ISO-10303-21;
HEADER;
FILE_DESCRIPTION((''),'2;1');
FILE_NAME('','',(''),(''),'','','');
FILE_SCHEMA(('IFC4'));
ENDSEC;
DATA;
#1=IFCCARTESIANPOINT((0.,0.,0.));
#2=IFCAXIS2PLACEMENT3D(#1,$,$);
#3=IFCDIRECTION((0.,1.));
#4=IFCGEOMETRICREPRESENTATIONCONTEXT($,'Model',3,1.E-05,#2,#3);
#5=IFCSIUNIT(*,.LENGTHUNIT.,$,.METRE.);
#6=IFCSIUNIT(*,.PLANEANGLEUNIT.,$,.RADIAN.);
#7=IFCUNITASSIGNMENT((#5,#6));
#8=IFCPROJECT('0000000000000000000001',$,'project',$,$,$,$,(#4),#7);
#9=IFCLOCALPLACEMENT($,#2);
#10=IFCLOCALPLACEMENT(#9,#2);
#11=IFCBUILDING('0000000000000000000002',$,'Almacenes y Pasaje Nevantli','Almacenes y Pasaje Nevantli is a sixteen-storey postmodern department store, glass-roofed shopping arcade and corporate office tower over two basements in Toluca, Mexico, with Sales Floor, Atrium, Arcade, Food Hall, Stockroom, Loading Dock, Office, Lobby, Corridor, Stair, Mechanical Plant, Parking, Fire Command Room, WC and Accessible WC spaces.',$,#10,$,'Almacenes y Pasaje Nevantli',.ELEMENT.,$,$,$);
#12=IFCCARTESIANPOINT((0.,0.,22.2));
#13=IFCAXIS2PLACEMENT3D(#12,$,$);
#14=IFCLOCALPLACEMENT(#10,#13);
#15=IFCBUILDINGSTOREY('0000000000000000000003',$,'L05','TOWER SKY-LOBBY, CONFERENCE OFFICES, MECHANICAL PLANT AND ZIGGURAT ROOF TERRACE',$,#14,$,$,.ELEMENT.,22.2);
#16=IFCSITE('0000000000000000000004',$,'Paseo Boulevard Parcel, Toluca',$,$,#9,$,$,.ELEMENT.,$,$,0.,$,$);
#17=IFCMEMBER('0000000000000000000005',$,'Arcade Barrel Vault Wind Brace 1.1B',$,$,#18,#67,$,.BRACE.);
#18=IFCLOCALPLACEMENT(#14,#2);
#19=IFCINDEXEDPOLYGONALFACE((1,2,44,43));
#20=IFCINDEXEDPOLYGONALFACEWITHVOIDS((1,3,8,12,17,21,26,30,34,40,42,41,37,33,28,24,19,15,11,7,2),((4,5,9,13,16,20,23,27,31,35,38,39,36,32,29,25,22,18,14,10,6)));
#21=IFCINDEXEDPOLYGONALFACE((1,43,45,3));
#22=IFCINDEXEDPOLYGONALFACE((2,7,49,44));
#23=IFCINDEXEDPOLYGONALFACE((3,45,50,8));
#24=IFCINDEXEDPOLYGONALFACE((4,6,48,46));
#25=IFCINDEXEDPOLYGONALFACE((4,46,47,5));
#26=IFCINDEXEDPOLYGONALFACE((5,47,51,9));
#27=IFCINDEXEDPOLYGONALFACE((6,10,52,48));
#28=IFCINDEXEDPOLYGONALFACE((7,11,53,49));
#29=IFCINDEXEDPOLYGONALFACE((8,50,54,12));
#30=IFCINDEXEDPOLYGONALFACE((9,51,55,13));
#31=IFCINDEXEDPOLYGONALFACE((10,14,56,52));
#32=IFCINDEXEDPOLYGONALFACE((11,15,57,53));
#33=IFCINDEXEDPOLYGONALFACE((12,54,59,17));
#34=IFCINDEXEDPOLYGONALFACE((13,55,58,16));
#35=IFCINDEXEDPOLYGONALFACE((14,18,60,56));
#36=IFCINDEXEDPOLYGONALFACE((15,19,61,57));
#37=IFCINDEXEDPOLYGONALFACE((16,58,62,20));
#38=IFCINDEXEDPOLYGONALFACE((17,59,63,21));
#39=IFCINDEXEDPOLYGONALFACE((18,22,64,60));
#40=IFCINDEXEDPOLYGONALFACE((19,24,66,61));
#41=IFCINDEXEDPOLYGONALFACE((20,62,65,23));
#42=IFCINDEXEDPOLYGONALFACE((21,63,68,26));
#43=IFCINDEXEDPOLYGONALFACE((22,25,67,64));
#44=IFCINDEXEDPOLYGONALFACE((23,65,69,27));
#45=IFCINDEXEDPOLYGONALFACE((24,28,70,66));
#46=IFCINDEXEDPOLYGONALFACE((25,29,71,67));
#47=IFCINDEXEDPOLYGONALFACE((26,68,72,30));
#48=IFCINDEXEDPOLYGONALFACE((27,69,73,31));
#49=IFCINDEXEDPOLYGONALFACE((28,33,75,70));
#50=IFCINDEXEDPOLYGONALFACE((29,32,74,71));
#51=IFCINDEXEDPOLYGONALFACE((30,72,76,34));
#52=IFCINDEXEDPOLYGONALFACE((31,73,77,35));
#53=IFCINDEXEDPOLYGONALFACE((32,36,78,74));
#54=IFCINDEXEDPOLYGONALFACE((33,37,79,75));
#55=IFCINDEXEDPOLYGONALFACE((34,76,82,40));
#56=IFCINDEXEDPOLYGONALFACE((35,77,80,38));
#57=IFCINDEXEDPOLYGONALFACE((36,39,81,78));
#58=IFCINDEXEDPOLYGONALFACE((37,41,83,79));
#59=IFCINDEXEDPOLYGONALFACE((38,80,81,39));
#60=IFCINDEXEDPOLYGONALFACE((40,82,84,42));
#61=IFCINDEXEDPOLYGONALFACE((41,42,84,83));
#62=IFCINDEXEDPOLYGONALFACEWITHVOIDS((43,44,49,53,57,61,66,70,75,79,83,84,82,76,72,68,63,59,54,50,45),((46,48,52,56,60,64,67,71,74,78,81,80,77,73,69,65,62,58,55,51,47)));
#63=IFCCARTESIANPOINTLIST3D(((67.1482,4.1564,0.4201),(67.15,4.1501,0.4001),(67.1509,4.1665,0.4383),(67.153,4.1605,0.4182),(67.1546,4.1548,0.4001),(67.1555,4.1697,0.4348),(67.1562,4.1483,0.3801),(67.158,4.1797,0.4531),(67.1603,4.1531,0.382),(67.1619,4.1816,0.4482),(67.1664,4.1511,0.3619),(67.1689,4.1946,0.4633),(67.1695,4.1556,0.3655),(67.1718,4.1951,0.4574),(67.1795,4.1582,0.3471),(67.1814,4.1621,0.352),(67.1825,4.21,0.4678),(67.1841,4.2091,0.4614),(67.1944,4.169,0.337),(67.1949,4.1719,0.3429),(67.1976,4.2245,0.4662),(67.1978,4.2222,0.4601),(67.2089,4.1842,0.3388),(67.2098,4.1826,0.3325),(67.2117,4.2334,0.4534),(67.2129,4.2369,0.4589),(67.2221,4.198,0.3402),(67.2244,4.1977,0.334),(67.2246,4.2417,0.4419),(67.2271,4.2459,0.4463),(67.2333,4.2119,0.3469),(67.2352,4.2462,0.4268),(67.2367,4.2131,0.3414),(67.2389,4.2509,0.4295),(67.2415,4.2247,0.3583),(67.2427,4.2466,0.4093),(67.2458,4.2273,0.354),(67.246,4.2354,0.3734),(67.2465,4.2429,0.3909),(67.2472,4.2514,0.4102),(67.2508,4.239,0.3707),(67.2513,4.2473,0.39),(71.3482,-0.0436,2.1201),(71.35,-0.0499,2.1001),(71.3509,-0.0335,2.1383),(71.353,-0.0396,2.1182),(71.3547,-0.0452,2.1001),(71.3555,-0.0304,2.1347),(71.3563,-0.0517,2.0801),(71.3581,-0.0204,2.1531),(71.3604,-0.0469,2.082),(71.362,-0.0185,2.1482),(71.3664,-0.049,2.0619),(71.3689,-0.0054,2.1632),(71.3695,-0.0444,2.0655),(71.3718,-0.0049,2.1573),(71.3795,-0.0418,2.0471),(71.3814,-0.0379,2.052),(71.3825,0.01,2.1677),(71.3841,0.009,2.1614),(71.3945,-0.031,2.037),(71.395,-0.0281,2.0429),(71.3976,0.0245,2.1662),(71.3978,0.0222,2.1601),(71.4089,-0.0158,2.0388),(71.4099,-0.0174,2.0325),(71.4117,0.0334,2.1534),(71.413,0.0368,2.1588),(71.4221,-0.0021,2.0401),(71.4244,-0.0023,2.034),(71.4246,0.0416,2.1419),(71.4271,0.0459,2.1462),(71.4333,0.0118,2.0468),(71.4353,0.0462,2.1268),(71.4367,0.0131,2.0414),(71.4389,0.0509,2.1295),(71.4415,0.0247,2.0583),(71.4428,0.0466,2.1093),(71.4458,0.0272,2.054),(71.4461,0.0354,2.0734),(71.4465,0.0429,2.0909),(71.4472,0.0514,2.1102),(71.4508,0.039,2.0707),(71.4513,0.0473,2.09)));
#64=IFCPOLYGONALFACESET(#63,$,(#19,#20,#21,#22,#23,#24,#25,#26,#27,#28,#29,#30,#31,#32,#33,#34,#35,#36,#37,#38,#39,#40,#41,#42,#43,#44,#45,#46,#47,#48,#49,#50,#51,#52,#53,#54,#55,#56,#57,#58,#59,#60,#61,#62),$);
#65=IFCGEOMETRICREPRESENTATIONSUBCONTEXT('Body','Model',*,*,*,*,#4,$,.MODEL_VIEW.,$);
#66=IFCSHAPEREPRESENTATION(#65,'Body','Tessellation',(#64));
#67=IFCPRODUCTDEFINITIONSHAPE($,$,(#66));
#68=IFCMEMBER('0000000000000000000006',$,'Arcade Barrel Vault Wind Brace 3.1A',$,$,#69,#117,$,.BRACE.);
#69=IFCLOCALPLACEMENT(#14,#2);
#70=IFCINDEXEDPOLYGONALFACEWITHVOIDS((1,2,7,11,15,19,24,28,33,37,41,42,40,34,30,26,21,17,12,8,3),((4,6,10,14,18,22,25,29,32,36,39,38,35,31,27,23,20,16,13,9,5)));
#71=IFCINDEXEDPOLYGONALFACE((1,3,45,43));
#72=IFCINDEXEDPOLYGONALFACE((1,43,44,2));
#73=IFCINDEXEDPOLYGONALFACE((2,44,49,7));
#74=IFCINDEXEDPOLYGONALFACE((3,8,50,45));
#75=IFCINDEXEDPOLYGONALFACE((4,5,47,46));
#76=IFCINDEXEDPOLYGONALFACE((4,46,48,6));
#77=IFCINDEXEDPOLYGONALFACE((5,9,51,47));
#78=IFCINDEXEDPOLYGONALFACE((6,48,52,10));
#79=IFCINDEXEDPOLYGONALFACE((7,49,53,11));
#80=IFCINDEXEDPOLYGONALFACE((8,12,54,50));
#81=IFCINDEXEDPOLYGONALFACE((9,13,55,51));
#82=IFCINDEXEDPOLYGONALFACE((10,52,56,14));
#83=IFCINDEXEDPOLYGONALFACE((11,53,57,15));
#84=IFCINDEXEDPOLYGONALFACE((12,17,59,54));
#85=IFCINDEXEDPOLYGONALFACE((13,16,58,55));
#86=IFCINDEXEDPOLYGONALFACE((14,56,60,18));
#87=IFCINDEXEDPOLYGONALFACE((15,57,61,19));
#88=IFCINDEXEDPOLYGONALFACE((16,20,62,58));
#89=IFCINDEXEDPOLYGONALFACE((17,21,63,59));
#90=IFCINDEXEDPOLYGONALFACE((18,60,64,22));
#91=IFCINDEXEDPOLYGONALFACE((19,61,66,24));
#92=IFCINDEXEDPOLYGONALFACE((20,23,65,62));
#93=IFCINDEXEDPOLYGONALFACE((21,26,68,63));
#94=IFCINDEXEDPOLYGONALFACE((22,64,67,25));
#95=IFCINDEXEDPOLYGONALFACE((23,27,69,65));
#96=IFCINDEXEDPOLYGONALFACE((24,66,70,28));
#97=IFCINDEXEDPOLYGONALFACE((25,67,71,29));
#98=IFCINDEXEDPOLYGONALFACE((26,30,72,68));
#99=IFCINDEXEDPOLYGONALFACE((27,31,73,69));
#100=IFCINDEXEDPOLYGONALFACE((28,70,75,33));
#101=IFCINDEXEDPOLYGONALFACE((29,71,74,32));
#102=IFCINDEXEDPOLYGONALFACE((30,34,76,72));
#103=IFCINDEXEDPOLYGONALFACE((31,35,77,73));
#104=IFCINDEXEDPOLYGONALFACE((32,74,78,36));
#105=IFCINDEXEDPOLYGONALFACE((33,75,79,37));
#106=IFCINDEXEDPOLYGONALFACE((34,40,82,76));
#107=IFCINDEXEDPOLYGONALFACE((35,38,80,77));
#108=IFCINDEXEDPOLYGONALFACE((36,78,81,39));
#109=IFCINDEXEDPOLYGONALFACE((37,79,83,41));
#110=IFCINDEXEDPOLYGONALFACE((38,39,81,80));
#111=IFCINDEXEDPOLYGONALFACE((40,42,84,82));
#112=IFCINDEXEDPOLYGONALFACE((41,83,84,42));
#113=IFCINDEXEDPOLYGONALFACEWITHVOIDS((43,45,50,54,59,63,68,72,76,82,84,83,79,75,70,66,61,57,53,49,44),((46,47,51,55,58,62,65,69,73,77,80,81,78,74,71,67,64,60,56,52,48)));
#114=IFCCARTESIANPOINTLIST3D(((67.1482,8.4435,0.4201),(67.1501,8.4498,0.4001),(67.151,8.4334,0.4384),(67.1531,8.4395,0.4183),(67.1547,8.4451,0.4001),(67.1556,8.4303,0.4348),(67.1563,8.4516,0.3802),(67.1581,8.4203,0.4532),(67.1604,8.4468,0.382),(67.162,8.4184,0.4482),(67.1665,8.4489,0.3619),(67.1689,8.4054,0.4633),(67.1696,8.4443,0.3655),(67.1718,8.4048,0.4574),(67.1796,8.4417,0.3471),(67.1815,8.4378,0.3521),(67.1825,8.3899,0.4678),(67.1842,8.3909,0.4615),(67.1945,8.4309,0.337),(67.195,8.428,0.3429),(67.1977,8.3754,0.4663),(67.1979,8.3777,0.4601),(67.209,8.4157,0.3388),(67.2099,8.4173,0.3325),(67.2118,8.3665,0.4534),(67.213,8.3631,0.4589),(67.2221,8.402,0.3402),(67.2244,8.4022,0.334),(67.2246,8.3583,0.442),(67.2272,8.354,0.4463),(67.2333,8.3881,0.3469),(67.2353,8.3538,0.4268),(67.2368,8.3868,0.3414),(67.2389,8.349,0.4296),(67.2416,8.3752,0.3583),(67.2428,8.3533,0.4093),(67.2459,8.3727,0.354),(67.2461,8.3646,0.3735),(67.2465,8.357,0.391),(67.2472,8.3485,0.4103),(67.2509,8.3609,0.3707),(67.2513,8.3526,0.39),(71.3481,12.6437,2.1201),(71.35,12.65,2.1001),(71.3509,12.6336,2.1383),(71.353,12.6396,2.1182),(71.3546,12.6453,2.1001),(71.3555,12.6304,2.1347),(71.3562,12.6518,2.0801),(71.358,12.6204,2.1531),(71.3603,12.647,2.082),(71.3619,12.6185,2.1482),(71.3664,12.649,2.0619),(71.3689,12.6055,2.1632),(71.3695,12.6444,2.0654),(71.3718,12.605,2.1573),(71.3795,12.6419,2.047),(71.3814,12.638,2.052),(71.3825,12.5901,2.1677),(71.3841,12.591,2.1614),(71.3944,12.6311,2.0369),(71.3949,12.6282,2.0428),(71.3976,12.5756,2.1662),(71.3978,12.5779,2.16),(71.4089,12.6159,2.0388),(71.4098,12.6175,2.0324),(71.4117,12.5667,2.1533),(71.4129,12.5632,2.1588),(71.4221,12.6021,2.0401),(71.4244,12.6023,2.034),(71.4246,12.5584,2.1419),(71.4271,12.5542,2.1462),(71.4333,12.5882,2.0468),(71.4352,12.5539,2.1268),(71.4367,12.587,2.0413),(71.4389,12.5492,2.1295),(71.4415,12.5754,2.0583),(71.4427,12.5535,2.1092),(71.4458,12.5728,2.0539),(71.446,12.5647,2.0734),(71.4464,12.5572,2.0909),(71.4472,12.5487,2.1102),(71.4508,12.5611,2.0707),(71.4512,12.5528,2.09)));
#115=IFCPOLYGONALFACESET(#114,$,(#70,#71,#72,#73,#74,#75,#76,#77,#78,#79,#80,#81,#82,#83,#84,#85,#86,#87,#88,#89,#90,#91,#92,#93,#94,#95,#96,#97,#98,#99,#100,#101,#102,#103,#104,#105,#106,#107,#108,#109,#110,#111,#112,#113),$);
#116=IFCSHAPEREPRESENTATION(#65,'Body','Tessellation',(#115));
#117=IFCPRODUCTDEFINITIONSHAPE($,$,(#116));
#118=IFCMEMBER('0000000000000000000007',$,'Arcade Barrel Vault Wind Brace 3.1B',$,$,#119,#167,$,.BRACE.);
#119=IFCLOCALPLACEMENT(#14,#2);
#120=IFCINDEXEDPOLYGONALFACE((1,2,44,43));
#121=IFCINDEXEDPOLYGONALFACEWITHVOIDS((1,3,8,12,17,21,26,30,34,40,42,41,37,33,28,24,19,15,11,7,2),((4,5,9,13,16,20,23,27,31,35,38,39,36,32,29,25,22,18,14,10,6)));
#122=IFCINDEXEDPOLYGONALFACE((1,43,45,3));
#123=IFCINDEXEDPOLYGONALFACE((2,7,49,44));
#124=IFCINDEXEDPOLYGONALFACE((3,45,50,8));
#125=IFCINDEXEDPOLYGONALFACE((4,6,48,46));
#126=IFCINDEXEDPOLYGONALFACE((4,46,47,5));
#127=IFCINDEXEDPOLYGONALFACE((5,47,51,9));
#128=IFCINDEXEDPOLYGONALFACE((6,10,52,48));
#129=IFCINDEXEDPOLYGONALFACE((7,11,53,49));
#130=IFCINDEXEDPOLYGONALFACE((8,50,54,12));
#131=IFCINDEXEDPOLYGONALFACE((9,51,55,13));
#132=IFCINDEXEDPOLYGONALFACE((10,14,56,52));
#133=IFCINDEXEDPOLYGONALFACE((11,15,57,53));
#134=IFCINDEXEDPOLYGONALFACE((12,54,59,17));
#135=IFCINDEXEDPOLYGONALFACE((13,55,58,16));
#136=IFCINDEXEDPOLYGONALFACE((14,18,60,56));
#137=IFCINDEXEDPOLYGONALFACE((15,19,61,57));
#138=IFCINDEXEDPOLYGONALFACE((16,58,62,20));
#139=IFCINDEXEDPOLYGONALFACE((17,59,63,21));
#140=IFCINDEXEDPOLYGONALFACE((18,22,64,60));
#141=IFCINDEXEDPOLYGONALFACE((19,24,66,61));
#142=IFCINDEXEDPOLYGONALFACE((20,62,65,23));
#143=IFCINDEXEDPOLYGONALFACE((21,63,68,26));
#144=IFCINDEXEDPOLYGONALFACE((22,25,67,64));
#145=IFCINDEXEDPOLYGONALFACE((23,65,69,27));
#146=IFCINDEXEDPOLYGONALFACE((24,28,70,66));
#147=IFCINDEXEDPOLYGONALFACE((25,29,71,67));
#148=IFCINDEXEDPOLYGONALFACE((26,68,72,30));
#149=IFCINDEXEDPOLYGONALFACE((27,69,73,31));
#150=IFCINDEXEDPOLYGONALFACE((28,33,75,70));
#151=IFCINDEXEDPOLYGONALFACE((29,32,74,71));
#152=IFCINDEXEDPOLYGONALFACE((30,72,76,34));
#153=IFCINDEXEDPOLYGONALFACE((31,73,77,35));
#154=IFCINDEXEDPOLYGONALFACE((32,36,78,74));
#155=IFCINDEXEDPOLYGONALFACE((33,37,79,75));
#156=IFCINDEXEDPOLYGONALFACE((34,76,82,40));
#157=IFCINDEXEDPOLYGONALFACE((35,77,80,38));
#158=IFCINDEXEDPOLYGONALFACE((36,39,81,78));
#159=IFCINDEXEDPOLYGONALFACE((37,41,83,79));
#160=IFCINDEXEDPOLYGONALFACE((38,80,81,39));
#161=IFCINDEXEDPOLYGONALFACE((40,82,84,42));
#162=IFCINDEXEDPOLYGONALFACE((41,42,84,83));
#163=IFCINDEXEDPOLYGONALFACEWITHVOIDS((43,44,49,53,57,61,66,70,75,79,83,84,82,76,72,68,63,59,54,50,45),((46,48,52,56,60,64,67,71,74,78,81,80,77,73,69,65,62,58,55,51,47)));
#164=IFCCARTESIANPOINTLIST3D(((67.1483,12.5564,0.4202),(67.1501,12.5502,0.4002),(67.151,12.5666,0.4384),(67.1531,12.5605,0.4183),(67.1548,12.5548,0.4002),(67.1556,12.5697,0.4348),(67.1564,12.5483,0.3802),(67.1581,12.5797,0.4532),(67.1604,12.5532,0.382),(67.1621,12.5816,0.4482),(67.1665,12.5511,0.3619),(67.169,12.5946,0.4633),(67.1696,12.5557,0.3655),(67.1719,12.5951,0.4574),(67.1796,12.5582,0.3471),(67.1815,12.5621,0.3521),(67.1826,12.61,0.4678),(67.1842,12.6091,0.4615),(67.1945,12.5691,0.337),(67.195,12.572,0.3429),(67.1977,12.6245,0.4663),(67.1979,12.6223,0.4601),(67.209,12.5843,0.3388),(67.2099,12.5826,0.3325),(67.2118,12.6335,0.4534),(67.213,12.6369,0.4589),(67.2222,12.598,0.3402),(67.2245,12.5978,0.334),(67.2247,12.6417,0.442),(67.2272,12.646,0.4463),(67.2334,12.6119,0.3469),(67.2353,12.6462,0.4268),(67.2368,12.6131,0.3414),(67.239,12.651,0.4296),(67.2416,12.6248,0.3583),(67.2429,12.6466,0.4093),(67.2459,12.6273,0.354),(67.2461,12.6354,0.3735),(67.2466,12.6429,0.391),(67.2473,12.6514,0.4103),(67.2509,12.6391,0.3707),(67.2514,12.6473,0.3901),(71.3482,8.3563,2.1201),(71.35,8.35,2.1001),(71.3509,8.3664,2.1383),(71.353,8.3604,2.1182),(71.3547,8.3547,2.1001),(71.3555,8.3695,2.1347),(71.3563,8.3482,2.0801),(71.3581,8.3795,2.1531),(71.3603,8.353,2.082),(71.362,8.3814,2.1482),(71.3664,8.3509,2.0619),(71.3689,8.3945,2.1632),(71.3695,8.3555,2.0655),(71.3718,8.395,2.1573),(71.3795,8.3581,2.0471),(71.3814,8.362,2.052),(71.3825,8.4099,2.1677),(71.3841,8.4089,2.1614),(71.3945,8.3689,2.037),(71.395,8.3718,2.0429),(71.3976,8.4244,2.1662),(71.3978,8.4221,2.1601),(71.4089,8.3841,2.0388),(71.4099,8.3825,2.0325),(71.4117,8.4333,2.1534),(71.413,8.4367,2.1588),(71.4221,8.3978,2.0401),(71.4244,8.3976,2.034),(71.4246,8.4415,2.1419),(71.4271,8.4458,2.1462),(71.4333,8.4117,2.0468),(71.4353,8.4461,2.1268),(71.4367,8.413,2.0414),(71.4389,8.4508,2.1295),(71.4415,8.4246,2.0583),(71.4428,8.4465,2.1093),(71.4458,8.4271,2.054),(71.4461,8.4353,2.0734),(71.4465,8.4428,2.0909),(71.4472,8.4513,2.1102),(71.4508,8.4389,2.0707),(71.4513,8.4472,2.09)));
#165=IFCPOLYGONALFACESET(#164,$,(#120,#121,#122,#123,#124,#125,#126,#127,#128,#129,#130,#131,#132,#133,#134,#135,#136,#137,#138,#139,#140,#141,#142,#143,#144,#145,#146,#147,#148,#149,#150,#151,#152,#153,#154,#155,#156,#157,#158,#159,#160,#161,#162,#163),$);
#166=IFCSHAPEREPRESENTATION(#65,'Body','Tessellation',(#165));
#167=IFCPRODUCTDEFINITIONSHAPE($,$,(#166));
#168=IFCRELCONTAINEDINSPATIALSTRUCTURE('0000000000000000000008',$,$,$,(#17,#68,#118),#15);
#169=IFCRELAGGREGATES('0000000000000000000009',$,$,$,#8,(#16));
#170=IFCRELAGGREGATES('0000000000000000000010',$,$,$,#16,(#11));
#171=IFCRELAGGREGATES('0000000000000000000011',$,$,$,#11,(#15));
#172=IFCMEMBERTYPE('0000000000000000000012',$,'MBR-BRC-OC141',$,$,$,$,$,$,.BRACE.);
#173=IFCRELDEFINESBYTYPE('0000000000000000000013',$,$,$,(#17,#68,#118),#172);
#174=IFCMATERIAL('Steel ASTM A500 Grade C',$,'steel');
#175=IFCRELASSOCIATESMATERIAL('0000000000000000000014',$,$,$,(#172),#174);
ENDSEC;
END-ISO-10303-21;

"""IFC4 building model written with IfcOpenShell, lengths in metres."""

from ifc_helpers import new_model, si_unit, direction, frame, origin, origin_2d, place, context, subcontext, project, spatial, hollow_circle, extrude, material, material_profile, profile_set, type_object, element, save


model = new_model("IFC4")

# Units and contexts
model_context = context("Model", 3, precision=1e-05, world=origin(), true_north=direction((0.0, 1.0)))
body_context = subcontext(model_context, "Body", "Model", "MODEL_VIEW")
ifc_project = project(units=[si_unit("LENGTHUNIT", "METRE"), si_unit("PLANEANGLEUNIT", "RADIAN")], contexts=[model_context])

# Site, building, storey
site_placement = place(None, origin())
site = spatial("IfcSite", under=ifc_project, at=site_placement, Name="Paseo Boulevard Parcel, Toluca", CompositionType="ELEMENT", RefElevation=0.0)
building_placement = place(site_placement, origin())
building = spatial("IfcBuilding", under=site, at=building_placement, Name="Almacenes y Pasaje Nevantli", Description="Almacenes y Pasaje Nevantli is a sixteen-storey postmodern department store, glass-roofed shopping arcade and corporate office tower over two basements in Toluca, Mexico, with Sales Floor, Atrium, Arcade, Food Hall, Stockroom, Loading Dock, Office, Lobby, Corridor, Stair, Mechanical Plant, Parking, Fire Command Room, WC and Accessible WC spaces.", LongName="Almacenes y Pasaje Nevantli", CompositionType="ELEMENT")
storey_placement = place(building_placement, frame((0.0, 0.0, 22.2)))
storey = spatial("IfcBuildingStorey", under=building, at=storey_placement, Name="L05", Description="TOWER SKY-LOBBY, CONFERENCE OFFICES, MECHANICAL PLANT AND ZIGGURAT ROOF TERRACE", CompositionType="ELEMENT", Elevation=22.2)

# Members
ifc_material_1 = material(Name="Steel ASTM A500 Grade C", Category="steel")
ifc_material_profile_1 = material_profile(ifc_material_1, hollow_circle(Radius=0.0706, WallThickness=0.0066, at=origin_2d()), Name="OC 141x6.6")
ifc_profile_set_1 = profile_set([ifc_material_profile_1], Name="Steel ASTM A500 Grade C")
member_type_1 = type_object("IfcMemberType", Name="MBR-BRC-OC141", PredefinedType="BRACE", material=ifc_profile_set_1)
for number, where, z_axis, x_axis, name in (
    (1, (71.3999, 0.0, 2.1001), (-0.679812, 0.679812, -0.275157), (-0.707107, -0.707107, 0.0), "Arcade Barrel Vault Wind Brace 1.1B"),
    (2, (67.2, 8.3999, 0.4001), (0.679794, 0.679833, 0.27515), (-0.707127, 0.707086, 0.0), "Arcade Barrel Vault Wind Brace 3.1A"),
    (3, (71.3999, 8.3999, 2.1001), (-0.679794, 0.679833, -0.27515), (-0.707127, -0.707086, 0.0), "Arcade Barrel Vault Wind Brace 3.1B"),
):
    element("IfcMember", number, at=place(storey_placement, frame(where, z_axis=z_axis, x_axis=x_axis)), inside=storey, type_object=member_type_1, Name=name, PredefinedType="BRACE", context=body_context, shape_type="SweptSolid", body=[
        extrude(hollow_circle(Radius=0.0706, WallThickness=0.0066, at=origin_2d()), origin(), (0.0, 0.0, 1.0), 6.1782),
    ])

save(model, "model.ifc")
